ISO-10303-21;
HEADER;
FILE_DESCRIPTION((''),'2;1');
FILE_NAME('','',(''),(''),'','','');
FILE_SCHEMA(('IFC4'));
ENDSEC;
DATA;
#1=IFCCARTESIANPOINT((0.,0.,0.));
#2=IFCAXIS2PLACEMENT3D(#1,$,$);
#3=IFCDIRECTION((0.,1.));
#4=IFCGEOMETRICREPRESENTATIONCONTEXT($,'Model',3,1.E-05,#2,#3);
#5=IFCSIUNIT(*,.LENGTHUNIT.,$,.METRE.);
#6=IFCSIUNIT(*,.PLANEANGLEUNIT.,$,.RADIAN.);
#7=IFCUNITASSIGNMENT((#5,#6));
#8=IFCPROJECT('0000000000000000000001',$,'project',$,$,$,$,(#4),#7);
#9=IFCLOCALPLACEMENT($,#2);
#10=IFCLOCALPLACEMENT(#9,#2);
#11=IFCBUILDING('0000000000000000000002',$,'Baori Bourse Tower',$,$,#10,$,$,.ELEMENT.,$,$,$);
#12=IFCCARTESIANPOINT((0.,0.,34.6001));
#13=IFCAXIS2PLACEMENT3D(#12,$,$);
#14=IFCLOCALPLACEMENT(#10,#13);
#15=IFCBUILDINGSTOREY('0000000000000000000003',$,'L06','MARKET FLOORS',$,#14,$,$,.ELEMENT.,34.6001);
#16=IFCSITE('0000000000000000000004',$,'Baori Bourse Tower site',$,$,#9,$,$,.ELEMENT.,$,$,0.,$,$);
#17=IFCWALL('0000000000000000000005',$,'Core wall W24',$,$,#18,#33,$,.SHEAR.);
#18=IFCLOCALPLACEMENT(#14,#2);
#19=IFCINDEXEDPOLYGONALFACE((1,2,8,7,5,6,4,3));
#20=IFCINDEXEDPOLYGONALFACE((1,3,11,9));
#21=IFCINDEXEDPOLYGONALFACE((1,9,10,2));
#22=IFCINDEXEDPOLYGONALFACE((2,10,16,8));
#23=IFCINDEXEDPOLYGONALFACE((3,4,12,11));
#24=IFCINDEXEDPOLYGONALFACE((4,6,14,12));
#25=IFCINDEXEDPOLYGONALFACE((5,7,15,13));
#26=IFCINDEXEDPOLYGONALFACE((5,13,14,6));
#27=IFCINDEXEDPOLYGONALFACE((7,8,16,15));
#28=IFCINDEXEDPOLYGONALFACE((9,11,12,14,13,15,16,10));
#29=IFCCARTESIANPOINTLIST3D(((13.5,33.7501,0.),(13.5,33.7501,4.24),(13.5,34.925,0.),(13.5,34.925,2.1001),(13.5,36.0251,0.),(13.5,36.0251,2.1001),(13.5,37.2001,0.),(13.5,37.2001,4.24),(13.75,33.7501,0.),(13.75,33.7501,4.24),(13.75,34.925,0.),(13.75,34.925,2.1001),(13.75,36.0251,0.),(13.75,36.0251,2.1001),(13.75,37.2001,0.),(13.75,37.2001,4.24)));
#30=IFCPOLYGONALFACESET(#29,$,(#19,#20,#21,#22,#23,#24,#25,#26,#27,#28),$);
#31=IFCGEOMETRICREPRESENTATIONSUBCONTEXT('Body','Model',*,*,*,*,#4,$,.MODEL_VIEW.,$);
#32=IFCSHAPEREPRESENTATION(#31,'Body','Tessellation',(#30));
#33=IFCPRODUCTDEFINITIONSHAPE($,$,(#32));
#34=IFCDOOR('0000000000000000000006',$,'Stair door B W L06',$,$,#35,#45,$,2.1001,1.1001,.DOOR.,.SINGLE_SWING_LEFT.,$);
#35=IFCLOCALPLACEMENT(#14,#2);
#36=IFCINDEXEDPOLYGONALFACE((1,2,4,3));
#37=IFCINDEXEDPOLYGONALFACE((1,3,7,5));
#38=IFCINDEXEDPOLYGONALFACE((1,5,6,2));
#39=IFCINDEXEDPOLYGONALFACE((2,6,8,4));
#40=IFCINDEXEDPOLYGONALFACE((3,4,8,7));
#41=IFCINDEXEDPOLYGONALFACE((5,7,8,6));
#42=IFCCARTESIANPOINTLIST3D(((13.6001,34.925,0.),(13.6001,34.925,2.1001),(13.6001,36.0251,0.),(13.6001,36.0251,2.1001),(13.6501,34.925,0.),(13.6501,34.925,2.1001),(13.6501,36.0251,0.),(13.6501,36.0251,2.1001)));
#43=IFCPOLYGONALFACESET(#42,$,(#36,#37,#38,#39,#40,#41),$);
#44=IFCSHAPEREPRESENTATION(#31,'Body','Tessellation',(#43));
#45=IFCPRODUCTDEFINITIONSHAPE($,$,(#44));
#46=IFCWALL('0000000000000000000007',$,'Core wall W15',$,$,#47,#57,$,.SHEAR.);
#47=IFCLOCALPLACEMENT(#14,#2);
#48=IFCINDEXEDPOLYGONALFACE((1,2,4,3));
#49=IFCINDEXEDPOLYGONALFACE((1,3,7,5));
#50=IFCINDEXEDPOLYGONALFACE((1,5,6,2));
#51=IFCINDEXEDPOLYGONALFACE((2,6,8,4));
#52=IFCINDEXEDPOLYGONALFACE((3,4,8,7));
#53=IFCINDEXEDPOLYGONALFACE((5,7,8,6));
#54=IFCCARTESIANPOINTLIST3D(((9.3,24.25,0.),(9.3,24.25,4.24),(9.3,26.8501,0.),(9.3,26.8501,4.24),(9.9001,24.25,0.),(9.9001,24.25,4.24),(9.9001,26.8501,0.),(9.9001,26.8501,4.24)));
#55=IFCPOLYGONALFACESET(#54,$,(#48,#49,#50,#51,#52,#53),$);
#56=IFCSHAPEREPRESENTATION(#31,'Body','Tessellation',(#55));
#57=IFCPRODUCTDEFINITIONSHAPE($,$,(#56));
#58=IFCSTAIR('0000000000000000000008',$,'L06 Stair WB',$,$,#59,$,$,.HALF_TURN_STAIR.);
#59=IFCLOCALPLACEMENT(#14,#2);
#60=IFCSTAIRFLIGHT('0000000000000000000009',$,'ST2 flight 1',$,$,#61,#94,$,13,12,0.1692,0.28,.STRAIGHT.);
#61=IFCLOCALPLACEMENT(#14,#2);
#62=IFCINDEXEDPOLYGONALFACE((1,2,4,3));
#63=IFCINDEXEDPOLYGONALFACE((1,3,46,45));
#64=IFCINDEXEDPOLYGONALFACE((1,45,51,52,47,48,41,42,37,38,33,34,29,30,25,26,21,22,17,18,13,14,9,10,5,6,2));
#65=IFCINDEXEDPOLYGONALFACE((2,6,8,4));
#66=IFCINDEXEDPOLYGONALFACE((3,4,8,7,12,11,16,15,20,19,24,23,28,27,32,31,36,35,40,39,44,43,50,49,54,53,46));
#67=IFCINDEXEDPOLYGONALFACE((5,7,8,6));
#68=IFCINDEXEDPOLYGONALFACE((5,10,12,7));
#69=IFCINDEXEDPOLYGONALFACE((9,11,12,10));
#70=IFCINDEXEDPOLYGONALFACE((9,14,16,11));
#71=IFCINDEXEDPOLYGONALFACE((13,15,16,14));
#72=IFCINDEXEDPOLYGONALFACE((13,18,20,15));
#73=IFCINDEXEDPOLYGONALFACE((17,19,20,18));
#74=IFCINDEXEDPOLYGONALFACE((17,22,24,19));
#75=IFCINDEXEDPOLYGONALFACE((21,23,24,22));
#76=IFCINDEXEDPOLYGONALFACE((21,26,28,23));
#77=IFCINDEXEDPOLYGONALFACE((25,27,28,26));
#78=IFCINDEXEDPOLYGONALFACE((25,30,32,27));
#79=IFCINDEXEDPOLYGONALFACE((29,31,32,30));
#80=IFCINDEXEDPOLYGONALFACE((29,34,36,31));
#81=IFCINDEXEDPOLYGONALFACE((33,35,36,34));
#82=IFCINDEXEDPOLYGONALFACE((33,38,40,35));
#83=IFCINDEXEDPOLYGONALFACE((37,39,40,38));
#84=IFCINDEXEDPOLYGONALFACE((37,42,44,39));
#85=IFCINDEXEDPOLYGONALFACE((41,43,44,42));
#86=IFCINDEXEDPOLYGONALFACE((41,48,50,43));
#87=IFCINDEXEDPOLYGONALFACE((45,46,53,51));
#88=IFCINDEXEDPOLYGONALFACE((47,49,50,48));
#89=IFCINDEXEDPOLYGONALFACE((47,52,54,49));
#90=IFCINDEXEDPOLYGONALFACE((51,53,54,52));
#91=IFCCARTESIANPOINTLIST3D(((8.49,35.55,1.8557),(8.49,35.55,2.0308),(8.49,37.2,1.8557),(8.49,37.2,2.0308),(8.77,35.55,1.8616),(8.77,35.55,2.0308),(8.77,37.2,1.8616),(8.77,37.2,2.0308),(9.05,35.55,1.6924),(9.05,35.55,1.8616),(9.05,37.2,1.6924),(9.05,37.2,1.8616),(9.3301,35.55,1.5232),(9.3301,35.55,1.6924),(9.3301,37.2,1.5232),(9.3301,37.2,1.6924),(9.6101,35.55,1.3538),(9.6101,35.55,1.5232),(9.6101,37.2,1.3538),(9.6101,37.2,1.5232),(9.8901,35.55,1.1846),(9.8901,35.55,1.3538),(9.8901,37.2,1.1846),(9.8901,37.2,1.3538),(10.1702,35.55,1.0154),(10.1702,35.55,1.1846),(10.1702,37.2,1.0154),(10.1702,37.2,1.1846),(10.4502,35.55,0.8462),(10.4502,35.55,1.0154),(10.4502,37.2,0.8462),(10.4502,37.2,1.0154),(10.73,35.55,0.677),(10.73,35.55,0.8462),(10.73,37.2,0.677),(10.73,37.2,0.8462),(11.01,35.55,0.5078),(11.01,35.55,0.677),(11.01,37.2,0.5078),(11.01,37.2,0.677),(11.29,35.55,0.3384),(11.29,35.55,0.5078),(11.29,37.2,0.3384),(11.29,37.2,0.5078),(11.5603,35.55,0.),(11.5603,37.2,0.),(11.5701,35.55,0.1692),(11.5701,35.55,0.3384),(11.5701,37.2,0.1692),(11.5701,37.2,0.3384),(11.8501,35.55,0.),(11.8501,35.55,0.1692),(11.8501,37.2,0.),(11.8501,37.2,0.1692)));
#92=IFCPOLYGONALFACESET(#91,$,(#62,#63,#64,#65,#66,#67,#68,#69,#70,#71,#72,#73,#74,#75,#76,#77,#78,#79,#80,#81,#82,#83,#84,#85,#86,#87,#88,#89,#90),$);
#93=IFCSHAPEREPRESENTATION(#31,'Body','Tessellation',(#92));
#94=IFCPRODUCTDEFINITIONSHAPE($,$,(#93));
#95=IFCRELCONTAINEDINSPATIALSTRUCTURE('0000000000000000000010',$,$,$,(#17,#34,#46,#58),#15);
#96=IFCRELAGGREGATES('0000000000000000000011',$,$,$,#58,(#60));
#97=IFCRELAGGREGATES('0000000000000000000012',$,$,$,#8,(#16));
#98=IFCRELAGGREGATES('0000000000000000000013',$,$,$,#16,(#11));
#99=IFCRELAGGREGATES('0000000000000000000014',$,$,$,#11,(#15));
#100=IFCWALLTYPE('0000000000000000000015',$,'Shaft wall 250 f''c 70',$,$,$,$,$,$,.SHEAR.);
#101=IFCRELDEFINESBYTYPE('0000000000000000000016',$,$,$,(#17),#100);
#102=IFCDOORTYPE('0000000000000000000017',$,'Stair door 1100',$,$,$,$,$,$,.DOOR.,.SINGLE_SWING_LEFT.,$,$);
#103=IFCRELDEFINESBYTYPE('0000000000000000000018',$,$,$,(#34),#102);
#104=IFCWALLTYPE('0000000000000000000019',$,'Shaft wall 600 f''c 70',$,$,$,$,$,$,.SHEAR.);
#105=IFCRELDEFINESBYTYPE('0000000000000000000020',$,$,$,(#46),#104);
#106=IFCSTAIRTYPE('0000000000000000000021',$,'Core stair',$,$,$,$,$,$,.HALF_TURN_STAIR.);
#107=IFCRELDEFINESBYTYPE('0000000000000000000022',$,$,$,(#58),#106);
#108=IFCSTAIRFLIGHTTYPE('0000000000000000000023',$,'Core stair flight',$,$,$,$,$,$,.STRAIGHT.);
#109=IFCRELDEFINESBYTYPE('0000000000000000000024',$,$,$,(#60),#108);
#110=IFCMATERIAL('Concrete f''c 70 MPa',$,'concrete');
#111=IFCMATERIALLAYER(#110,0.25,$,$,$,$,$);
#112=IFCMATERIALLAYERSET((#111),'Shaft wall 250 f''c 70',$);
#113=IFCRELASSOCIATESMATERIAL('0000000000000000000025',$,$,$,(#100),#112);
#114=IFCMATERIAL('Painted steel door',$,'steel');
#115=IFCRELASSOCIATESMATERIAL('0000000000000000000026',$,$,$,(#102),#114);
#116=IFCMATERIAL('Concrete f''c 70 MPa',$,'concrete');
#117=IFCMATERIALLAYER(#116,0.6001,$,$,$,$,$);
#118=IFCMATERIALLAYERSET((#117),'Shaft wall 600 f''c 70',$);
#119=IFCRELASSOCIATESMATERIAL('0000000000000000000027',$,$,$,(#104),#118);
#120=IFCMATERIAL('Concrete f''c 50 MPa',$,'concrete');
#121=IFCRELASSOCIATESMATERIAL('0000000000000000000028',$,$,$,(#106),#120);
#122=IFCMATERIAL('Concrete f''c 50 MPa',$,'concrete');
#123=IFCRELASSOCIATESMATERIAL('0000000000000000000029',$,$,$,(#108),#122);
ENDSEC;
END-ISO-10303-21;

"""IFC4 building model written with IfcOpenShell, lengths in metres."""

from ifc_helpers import new_model, si_unit, direction, frame, frame_2d, origin, place, context, subcontext, project, spatial, polyline, rectangle, outline, extrude, material, layer, layer_set, type_object, element, fill, aggregate, save


model = new_model("IFC4")

# Units and contexts
model_context = context("Model", 3, precision=1e-05, world=origin(), true_north=direction((0.0, 1.0)))
body_context = subcontext(model_context, "Body", "Model", "MODEL_VIEW")
ifc_project = project(units=[si_unit("LENGTHUNIT", "METRE"), si_unit("PLANEANGLEUNIT", "RADIAN")], contexts=[model_context])

# Site, building, storey
site_placement = place(None, origin())
site = spatial("IfcSite", under=ifc_project, at=site_placement, Name="Baori Bourse Tower site", CompositionType="ELEMENT", RefElevation=0.0)
building_placement = place(site_placement, origin())
building = spatial("IfcBuilding", under=site, at=building_placement, Name="Baori Bourse Tower", CompositionType="ELEMENT")
storey_placement = place(building_placement, frame((0.0, 0.0, 34.6001)))
storey = spatial("IfcBuildingStorey", under=building, at=storey_placement, Name="L06", Description="MARKET FLOORS", CompositionType="ELEMENT", Elevation=34.6001)

# Wall, opening, door
ifc_material_1 = material(Name="Concrete f'c 70 MPa", Category="concrete")
ifc_layer_1 = layer(ifc_material_1, 0.25)
ifc_layer_set_1 = layer_set([ifc_layer_1], Name="Shaft wall 250 f'c 70")
wall_type_1 = type_object("IfcWallType", Name="Shaft wall 250 f'c 70", PredefinedType="SHEAR", material=ifc_layer_set_1)
wall_1_placement = place(storey_placement, frame((13.625, 33.75, 0.0), z_axis=(0.0, 0.0, 1.0), x_axis=(0.0, 1.0, 0.0)))
wall_1 = element("IfcWall", 1, at=wall_1_placement, inside=storey, type_object=wall_type_1, Name="Core wall W24", PredefinedType="SHEAR", context=body_context, shape_type="SweptSolid", body=[
    extrude(rectangle(XDim=3.45, YDim=0.25, at=frame_2d((1.7251, 0.0))), origin(), (0.0, 0.0, 1.0), 4.24),
])
opening_1_placement = place(wall_1_placement, frame((1.175, 0.0, 0.0)))
opening_1 = element("IfcOpeningElement", 2, at=opening_1_placement, cuts=wall_1, PredefinedType="OPENING", context=body_context, shape_type="SweptSolid", body=[
    extrude(rectangle(XDim=1.1001, YDim=2.1001, at=frame_2d((0.55, 1.05))), frame((0.0, 0.135, 0.0), z_axis=(0.0, -1.0, 0.0), x_axis=(1.0, 0.0, 0.0)), (0.0, 0.0, 1.0), 0.27),
])
ifc_material_2 = material(Name="Painted steel door", Category="steel")
door_type_1 = type_object("IfcDoorType", Name="Stair door 1100", OperationType="SINGLE_SWING_LEFT", PredefinedType="DOOR", material=ifc_material_2)
door_1_placement = place(opening_1_placement, origin())
door_1 = element("IfcDoor", 3, at=door_1_placement, inside=storey, type_object=door_type_1, Name="Stair door B W L06", OperationType="SINGLE_SWING_LEFT", OverallHeight=2.1001, OverallWidth=1.1001, PredefinedType="DOOR", context=body_context, shape_type="SweptSolid", body=[
    extrude(rectangle(XDim=1.1001, YDim=2.1001, at=frame_2d((0.55, 1.05))), frame((0.0, 0.0249, 0.0), z_axis=(0.0, -1.0, 0.0), x_axis=(1.0, 0.0, 0.0)), (0.0, 0.0, 1.0), 0.05),
])
fill(opening_1, door_1)

# Wall
ifc_material_3 = material(Name="Concrete f'c 70 MPa", Category="concrete")
ifc_layer_2 = layer(ifc_material_3, 0.6001)
ifc_layer_set_2 = layer_set([ifc_layer_2], Name="Shaft wall 600 f'c 70")
wall_type_2 = type_object("IfcWallType", Name="Shaft wall 600 f'c 70", PredefinedType="SHEAR", material=ifc_layer_set_2)
wall_2_placement = place(storey_placement, frame((9.6001, 24.25, 0.0), z_axis=(0.0, 0.0, 1.0), x_axis=(0.0, 1.0, 0.0)))
element("IfcWall", 4, at=wall_2_placement, inside=storey, type_object=wall_type_2, Name="Core wall W15", PredefinedType="SHEAR", context=body_context, shape_type="SweptSolid", body=[
    extrude(rectangle(XDim=2.6001, YDim=0.6001, at=frame_2d((1.3, 0.0))), origin(), (0.0, 0.0, 1.0), 4.24),
])

# Stair, stair flight
ifc_material_4 = material(Name="Concrete f'c 50 MPa", Category="concrete")
stair_type = type_object("IfcStairType", Name="Core stair", PredefinedType="HALF_TURN_STAIR", material=ifc_material_4)
stair_placement = place(storey_placement, origin())
stair = element("IfcStair", 5, at=stair_placement, inside=storey, type_object=stair_type, Name="L06 Stair WB", PredefinedType="HALF_TURN_STAIR")
ifc_material_5 = material(Name="Concrete f'c 50 MPa", Category="concrete")
stair_flight_type = type_object("IfcStairFlightType", Name="Core stair flight", PredefinedType="STRAIGHT", material=ifc_material_5)
stair_flight_placement = place(storey_placement, frame((11.8501, 36.375, 0.0), z_axis=(0.0, 0.0, 1.0), x_axis=(-1.0, 0.0, 0.0)))
stair_flight = element("IfcStairFlight", 6, at=stair_flight_placement, type_object=stair_flight_type, Name="ST2 flight 1", NumberOfRisers=13, NumberOfTreads=12, PredefinedType="STRAIGHT", RiserHeight=0.1692, TreadLength=0.28, context=body_context, shape_type="SweptSolid", body=[
    extrude(outline(polyline([(0.0, 0.0), (0.0, 0.1692), (0.28, 0.1692), (0.28, 0.3384), (0.5601, 0.3384), (0.5601, 0.5078), (0.8401, 0.5078), (0.8401, 0.677), (1.1201, 0.677), (1.1201, 0.8462), (1.3999, 0.8462), (1.3999, 1.0154), (1.6799, 1.0154), (1.6799, 1.1846), (1.96, 1.1846), (1.96, 1.3538), (2.24, 1.3538), (2.24, 1.5232), (2.52, 1.5232), (2.52, 1.6924), (2.8, 1.6924), (2.8, 1.8616), (3.0801, 1.8616), (3.0801, 2.0308), (3.3601, 2.0308), (3.3601, 2.2), (3.3601, 1.8557), (0.2898, 0.0), (0.0, 0.0)])), frame((0.0, 0.825, 0.0), z_axis=(0.0, -1.0, 0.0), x_axis=(1.0, 0.0, 0.0)), (0.0, 0.0, 1.0), 1.6499),
])
aggregate(stair, [stair_flight])

save(model, "model.ifc")
